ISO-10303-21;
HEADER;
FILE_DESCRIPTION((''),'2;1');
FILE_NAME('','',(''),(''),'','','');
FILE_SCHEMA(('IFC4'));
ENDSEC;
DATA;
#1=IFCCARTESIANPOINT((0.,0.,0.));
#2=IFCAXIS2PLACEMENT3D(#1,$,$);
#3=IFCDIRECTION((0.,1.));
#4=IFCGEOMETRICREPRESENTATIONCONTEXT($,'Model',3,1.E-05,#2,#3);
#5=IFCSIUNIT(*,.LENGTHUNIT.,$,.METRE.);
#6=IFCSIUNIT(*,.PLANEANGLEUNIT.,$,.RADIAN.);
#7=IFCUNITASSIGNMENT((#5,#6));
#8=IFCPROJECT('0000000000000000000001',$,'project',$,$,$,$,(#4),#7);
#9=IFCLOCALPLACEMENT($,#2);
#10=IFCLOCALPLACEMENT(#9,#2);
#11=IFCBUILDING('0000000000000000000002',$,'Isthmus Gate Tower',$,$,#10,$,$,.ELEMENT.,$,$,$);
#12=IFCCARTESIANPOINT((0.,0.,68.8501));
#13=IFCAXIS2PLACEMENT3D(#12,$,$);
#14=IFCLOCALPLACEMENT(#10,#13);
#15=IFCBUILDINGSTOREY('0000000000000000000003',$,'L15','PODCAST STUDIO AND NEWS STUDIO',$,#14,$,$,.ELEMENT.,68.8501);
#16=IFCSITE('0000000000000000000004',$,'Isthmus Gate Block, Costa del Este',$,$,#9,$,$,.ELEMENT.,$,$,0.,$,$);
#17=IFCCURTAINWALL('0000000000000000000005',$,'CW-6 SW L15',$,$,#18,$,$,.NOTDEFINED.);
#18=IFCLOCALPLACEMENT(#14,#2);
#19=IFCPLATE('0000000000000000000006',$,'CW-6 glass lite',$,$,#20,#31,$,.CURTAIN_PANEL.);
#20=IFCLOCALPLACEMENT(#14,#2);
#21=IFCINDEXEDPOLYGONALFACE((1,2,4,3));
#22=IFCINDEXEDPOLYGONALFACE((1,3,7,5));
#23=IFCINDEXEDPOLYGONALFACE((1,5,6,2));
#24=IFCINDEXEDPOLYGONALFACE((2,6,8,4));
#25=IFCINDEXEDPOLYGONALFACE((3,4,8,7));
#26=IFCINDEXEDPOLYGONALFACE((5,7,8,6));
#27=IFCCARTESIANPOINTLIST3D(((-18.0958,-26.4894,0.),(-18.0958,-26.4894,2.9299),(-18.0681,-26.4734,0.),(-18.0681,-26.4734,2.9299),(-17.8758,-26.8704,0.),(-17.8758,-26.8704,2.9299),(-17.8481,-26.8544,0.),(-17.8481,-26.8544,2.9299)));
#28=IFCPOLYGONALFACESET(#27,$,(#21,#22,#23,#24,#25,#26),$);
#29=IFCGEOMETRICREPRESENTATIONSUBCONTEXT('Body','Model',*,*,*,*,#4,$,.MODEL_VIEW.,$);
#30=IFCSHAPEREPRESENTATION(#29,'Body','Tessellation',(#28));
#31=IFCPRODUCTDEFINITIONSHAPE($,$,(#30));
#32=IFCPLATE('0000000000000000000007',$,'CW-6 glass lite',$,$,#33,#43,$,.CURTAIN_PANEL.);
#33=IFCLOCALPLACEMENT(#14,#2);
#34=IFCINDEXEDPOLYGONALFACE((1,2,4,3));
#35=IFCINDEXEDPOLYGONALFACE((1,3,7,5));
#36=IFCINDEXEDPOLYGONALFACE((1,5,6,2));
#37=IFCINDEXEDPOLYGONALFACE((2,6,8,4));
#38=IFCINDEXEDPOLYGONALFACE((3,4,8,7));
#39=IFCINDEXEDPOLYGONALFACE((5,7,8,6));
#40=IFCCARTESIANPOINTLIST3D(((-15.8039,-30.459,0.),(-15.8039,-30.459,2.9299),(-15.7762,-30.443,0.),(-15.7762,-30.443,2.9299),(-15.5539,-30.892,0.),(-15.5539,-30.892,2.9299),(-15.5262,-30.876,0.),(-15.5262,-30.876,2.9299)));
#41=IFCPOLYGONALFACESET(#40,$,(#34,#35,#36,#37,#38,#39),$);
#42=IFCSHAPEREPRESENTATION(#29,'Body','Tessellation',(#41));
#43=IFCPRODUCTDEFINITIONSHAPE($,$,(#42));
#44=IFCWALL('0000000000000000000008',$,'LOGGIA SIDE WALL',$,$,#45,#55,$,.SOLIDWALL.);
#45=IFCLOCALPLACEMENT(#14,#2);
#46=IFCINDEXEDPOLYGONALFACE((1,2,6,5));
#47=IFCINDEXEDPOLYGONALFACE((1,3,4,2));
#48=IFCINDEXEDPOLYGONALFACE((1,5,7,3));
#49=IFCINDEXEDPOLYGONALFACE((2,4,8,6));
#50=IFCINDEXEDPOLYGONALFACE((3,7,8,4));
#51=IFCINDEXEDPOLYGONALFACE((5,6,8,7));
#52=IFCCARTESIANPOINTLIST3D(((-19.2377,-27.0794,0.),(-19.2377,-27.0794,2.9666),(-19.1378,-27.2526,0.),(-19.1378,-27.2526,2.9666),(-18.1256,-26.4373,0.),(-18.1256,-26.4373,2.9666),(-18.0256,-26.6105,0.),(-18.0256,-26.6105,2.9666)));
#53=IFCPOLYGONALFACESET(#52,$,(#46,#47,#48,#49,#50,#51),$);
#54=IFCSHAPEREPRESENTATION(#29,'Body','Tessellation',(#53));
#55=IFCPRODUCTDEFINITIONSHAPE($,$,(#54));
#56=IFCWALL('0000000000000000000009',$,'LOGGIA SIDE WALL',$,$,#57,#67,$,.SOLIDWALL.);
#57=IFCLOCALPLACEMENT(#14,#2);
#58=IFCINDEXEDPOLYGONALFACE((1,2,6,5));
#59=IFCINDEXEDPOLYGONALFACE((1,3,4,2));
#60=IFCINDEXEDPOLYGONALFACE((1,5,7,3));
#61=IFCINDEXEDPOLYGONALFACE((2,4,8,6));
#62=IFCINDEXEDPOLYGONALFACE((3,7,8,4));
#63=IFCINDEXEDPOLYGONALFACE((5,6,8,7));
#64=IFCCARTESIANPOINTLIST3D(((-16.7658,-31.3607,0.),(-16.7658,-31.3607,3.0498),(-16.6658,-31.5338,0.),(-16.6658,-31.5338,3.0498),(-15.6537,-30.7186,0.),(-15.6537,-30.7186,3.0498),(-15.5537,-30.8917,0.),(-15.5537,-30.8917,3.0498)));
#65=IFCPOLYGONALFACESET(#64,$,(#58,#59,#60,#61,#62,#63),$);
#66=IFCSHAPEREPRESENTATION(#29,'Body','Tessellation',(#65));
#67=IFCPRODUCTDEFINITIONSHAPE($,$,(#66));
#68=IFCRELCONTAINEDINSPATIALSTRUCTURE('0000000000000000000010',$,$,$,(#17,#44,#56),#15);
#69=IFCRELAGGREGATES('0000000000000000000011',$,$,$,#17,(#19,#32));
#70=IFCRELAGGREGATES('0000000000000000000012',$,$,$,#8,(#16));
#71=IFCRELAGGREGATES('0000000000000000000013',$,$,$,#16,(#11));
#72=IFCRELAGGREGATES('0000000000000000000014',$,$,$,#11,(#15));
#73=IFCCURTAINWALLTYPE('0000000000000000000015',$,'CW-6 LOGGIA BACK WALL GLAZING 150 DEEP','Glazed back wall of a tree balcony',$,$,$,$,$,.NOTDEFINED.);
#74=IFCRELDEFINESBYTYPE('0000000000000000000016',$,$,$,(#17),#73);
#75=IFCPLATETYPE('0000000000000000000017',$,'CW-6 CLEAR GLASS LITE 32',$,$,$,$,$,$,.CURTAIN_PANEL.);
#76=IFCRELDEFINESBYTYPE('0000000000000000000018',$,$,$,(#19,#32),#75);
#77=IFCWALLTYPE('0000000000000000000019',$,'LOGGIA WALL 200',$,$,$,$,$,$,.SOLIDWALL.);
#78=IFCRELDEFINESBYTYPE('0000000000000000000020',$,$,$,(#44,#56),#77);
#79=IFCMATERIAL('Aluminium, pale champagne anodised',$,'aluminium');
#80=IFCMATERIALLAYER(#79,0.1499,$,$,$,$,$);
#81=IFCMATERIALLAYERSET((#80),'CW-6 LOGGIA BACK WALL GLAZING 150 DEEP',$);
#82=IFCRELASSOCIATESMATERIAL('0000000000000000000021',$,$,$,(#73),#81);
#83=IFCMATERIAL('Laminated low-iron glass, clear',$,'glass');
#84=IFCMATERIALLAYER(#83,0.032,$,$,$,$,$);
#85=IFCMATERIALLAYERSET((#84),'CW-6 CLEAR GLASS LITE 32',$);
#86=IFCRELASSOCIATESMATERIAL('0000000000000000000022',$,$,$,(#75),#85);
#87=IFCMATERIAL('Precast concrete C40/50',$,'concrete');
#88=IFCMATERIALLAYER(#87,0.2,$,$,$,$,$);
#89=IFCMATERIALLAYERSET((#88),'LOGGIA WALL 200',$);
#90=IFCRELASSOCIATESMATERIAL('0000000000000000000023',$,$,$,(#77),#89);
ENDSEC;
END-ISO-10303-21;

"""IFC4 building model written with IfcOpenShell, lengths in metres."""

from ifc_helpers import new_model, si_unit, direction, frame, frame_2d, origin, origin_2d, place, context, subcontext, project, spatial, rectangle, extrude, material, layer, layer_set, type_object, element, aggregate, save


model = new_model("IFC4")

# Units and contexts
model_context = context("Model", 3, precision=1e-05, world=origin(), true_north=direction((0.0, 1.0)))
body_context = subcontext(model_context, "Body", "Model", "MODEL_VIEW")
ifc_project = project(units=[si_unit("LENGTHUNIT", "METRE"), si_unit("PLANEANGLEUNIT", "RADIAN")], contexts=[model_context])

# Site, building, storey
site_placement = place(None, origin())
site = spatial("IfcSite", under=ifc_project, at=site_placement, Name="Isthmus Gate Block, Costa del Este", CompositionType="ELEMENT", RefElevation=0.0)
building_placement = place(site_placement, origin())
building = spatial("IfcBuilding", under=site, at=building_placement, Name="Isthmus Gate Tower", CompositionType="ELEMENT")
storey_placement = place(building_placement, frame((0.0, 0.0, 68.8501)))
storey = spatial("IfcBuildingStorey", under=building, at=storey_placement, Name="L15", Description="PODCAST STUDIO AND NEWS STUDIO", CompositionType="ELEMENT", Elevation=68.8501)

# Curtain wall
ifc_material_1 = material(Name="Aluminium, pale champagne anodised", Category="aluminium")
ifc_layer_1 = layer(ifc_material_1, 0.1499)
ifc_layer_set_1 = layer_set([ifc_layer_1], Name="CW-6 LOGGIA BACK WALL GLAZING 150 DEEP")
curtain_wall_type_1 = type_object("IfcCurtainWallType", Name="CW-6 LOGGIA BACK WALL GLAZING 150 DEEP", Description="Glazed back wall of a tree balcony", PredefinedType="NOTDEFINED", material=ifc_layer_set_1)
curtain_wall_1_placement = place(storey_placement, origin())
curtain_wall_1 = element("IfcCurtainWall", 1, at=curtain_wall_1_placement, inside=storey, type_object=curtain_wall_type_1, Name="CW-6 SW L15", PredefinedType="NOTDEFINED")

# Plates
ifc_material_2 = material(Name="Laminated low-iron glass, clear", Category="glass")
ifc_layer_2 = layer(ifc_material_2, 0.032)
ifc_layer_set_2 = layer_set([ifc_layer_2], Name="CW-6 CLEAR GLASS LITE 32")
plate_type_1 = type_object("IfcPlateType", Name="CW-6 CLEAR GLASS LITE 32", PredefinedType="CURTAIN_PANEL", material=ifc_layer_set_2)
plate_1_placement = place(storey_placement, frame((-17.9719, -26.6719, 0.0), z_axis=(0.0, 0.0, 1.0), x_axis=(0.5, -0.866025, 0.0)))
plate_1 = element("IfcPlate", 2, at=plate_1_placement, type_object=plate_type_1, Name="CW-6 glass lite", PredefinedType="CURTAIN_PANEL", context=body_context, shape_type="SweptSolid", body=[
    extrude(rectangle(XDim=0.4399, YDim=0.032, at=origin_2d()), origin(), (0.0, 0.0, 1.0), 2.9299),
])
plate_2_placement = place(storey_placement, frame((-15.665, -30.6675, 0.0), z_axis=(0.0, 0.0, 1.0), x_axis=(0.5, -0.866025, 0.0)))
plate_2 = element("IfcPlate", 3, at=plate_2_placement, type_object=plate_type_1, Name="CW-6 glass lite", PredefinedType="CURTAIN_PANEL", context=body_context, shape_type="SweptSolid", body=[
    extrude(rectangle(XDim=0.5, YDim=0.032, at=origin_2d()), origin(), (0.0, 0.0, 1.0), 2.9299),
])
aggregate(curtain_wall_1, [plate_1, plate_2])

# Shared definitions
ifc_material_3 = material(Name="Precast concrete C40/50", Category="concrete")
ifc_layer_3 = layer(ifc_material_3, 0.2)
ifc_layer_set_3 = layer_set([ifc_layer_3], Name="LOGGIA WALL 200")
wall_type = type_object("IfcWallType", Name="LOGGIA WALL 200", PredefinedType="SOLIDWALL", material=ifc_layer_set_3)

# Walls
wall_1_placement = place(storey_placement, frame((-19.1877, -27.166, 0.0), z_axis=(0.0, 0.0, 1.0), x_axis=(0.866011, 0.500024, 0.0)))
element("IfcWall", 4, at=wall_1_placement, inside=storey, type_object=wall_type, Name="LOGGIA SIDE WALL", PredefinedType="SOLIDWALL", context=body_context, shape_type="SweptSolid", body=[
    extrude(rectangle(XDim=1.2842, YDim=0.2, at=frame_2d((0.6421, 0.0))), origin(), (0.0, 0.0, 1.0), 2.9666),
])
wall_2_placement = place(storey_placement, frame((-16.7158, -31.4473, 0.0), z_axis=(0.0, 0.0, 1.0), x_axis=(0.866011, 0.500024, 0.0)))
element("IfcWall", 5, at=wall_2_placement, inside=storey, type_object=wall_type, Name="LOGGIA SIDE WALL", PredefinedType="SOLIDWALL", context=body_context, shape_type="SweptSolid", body=[
    extrude(rectangle(XDim=1.2842, YDim=0.2, at=frame_2d((0.6421, 0.0))), origin(), (0.0, 0.0, 1.0), 3.0498),
])

save(model, "model.ifc")
